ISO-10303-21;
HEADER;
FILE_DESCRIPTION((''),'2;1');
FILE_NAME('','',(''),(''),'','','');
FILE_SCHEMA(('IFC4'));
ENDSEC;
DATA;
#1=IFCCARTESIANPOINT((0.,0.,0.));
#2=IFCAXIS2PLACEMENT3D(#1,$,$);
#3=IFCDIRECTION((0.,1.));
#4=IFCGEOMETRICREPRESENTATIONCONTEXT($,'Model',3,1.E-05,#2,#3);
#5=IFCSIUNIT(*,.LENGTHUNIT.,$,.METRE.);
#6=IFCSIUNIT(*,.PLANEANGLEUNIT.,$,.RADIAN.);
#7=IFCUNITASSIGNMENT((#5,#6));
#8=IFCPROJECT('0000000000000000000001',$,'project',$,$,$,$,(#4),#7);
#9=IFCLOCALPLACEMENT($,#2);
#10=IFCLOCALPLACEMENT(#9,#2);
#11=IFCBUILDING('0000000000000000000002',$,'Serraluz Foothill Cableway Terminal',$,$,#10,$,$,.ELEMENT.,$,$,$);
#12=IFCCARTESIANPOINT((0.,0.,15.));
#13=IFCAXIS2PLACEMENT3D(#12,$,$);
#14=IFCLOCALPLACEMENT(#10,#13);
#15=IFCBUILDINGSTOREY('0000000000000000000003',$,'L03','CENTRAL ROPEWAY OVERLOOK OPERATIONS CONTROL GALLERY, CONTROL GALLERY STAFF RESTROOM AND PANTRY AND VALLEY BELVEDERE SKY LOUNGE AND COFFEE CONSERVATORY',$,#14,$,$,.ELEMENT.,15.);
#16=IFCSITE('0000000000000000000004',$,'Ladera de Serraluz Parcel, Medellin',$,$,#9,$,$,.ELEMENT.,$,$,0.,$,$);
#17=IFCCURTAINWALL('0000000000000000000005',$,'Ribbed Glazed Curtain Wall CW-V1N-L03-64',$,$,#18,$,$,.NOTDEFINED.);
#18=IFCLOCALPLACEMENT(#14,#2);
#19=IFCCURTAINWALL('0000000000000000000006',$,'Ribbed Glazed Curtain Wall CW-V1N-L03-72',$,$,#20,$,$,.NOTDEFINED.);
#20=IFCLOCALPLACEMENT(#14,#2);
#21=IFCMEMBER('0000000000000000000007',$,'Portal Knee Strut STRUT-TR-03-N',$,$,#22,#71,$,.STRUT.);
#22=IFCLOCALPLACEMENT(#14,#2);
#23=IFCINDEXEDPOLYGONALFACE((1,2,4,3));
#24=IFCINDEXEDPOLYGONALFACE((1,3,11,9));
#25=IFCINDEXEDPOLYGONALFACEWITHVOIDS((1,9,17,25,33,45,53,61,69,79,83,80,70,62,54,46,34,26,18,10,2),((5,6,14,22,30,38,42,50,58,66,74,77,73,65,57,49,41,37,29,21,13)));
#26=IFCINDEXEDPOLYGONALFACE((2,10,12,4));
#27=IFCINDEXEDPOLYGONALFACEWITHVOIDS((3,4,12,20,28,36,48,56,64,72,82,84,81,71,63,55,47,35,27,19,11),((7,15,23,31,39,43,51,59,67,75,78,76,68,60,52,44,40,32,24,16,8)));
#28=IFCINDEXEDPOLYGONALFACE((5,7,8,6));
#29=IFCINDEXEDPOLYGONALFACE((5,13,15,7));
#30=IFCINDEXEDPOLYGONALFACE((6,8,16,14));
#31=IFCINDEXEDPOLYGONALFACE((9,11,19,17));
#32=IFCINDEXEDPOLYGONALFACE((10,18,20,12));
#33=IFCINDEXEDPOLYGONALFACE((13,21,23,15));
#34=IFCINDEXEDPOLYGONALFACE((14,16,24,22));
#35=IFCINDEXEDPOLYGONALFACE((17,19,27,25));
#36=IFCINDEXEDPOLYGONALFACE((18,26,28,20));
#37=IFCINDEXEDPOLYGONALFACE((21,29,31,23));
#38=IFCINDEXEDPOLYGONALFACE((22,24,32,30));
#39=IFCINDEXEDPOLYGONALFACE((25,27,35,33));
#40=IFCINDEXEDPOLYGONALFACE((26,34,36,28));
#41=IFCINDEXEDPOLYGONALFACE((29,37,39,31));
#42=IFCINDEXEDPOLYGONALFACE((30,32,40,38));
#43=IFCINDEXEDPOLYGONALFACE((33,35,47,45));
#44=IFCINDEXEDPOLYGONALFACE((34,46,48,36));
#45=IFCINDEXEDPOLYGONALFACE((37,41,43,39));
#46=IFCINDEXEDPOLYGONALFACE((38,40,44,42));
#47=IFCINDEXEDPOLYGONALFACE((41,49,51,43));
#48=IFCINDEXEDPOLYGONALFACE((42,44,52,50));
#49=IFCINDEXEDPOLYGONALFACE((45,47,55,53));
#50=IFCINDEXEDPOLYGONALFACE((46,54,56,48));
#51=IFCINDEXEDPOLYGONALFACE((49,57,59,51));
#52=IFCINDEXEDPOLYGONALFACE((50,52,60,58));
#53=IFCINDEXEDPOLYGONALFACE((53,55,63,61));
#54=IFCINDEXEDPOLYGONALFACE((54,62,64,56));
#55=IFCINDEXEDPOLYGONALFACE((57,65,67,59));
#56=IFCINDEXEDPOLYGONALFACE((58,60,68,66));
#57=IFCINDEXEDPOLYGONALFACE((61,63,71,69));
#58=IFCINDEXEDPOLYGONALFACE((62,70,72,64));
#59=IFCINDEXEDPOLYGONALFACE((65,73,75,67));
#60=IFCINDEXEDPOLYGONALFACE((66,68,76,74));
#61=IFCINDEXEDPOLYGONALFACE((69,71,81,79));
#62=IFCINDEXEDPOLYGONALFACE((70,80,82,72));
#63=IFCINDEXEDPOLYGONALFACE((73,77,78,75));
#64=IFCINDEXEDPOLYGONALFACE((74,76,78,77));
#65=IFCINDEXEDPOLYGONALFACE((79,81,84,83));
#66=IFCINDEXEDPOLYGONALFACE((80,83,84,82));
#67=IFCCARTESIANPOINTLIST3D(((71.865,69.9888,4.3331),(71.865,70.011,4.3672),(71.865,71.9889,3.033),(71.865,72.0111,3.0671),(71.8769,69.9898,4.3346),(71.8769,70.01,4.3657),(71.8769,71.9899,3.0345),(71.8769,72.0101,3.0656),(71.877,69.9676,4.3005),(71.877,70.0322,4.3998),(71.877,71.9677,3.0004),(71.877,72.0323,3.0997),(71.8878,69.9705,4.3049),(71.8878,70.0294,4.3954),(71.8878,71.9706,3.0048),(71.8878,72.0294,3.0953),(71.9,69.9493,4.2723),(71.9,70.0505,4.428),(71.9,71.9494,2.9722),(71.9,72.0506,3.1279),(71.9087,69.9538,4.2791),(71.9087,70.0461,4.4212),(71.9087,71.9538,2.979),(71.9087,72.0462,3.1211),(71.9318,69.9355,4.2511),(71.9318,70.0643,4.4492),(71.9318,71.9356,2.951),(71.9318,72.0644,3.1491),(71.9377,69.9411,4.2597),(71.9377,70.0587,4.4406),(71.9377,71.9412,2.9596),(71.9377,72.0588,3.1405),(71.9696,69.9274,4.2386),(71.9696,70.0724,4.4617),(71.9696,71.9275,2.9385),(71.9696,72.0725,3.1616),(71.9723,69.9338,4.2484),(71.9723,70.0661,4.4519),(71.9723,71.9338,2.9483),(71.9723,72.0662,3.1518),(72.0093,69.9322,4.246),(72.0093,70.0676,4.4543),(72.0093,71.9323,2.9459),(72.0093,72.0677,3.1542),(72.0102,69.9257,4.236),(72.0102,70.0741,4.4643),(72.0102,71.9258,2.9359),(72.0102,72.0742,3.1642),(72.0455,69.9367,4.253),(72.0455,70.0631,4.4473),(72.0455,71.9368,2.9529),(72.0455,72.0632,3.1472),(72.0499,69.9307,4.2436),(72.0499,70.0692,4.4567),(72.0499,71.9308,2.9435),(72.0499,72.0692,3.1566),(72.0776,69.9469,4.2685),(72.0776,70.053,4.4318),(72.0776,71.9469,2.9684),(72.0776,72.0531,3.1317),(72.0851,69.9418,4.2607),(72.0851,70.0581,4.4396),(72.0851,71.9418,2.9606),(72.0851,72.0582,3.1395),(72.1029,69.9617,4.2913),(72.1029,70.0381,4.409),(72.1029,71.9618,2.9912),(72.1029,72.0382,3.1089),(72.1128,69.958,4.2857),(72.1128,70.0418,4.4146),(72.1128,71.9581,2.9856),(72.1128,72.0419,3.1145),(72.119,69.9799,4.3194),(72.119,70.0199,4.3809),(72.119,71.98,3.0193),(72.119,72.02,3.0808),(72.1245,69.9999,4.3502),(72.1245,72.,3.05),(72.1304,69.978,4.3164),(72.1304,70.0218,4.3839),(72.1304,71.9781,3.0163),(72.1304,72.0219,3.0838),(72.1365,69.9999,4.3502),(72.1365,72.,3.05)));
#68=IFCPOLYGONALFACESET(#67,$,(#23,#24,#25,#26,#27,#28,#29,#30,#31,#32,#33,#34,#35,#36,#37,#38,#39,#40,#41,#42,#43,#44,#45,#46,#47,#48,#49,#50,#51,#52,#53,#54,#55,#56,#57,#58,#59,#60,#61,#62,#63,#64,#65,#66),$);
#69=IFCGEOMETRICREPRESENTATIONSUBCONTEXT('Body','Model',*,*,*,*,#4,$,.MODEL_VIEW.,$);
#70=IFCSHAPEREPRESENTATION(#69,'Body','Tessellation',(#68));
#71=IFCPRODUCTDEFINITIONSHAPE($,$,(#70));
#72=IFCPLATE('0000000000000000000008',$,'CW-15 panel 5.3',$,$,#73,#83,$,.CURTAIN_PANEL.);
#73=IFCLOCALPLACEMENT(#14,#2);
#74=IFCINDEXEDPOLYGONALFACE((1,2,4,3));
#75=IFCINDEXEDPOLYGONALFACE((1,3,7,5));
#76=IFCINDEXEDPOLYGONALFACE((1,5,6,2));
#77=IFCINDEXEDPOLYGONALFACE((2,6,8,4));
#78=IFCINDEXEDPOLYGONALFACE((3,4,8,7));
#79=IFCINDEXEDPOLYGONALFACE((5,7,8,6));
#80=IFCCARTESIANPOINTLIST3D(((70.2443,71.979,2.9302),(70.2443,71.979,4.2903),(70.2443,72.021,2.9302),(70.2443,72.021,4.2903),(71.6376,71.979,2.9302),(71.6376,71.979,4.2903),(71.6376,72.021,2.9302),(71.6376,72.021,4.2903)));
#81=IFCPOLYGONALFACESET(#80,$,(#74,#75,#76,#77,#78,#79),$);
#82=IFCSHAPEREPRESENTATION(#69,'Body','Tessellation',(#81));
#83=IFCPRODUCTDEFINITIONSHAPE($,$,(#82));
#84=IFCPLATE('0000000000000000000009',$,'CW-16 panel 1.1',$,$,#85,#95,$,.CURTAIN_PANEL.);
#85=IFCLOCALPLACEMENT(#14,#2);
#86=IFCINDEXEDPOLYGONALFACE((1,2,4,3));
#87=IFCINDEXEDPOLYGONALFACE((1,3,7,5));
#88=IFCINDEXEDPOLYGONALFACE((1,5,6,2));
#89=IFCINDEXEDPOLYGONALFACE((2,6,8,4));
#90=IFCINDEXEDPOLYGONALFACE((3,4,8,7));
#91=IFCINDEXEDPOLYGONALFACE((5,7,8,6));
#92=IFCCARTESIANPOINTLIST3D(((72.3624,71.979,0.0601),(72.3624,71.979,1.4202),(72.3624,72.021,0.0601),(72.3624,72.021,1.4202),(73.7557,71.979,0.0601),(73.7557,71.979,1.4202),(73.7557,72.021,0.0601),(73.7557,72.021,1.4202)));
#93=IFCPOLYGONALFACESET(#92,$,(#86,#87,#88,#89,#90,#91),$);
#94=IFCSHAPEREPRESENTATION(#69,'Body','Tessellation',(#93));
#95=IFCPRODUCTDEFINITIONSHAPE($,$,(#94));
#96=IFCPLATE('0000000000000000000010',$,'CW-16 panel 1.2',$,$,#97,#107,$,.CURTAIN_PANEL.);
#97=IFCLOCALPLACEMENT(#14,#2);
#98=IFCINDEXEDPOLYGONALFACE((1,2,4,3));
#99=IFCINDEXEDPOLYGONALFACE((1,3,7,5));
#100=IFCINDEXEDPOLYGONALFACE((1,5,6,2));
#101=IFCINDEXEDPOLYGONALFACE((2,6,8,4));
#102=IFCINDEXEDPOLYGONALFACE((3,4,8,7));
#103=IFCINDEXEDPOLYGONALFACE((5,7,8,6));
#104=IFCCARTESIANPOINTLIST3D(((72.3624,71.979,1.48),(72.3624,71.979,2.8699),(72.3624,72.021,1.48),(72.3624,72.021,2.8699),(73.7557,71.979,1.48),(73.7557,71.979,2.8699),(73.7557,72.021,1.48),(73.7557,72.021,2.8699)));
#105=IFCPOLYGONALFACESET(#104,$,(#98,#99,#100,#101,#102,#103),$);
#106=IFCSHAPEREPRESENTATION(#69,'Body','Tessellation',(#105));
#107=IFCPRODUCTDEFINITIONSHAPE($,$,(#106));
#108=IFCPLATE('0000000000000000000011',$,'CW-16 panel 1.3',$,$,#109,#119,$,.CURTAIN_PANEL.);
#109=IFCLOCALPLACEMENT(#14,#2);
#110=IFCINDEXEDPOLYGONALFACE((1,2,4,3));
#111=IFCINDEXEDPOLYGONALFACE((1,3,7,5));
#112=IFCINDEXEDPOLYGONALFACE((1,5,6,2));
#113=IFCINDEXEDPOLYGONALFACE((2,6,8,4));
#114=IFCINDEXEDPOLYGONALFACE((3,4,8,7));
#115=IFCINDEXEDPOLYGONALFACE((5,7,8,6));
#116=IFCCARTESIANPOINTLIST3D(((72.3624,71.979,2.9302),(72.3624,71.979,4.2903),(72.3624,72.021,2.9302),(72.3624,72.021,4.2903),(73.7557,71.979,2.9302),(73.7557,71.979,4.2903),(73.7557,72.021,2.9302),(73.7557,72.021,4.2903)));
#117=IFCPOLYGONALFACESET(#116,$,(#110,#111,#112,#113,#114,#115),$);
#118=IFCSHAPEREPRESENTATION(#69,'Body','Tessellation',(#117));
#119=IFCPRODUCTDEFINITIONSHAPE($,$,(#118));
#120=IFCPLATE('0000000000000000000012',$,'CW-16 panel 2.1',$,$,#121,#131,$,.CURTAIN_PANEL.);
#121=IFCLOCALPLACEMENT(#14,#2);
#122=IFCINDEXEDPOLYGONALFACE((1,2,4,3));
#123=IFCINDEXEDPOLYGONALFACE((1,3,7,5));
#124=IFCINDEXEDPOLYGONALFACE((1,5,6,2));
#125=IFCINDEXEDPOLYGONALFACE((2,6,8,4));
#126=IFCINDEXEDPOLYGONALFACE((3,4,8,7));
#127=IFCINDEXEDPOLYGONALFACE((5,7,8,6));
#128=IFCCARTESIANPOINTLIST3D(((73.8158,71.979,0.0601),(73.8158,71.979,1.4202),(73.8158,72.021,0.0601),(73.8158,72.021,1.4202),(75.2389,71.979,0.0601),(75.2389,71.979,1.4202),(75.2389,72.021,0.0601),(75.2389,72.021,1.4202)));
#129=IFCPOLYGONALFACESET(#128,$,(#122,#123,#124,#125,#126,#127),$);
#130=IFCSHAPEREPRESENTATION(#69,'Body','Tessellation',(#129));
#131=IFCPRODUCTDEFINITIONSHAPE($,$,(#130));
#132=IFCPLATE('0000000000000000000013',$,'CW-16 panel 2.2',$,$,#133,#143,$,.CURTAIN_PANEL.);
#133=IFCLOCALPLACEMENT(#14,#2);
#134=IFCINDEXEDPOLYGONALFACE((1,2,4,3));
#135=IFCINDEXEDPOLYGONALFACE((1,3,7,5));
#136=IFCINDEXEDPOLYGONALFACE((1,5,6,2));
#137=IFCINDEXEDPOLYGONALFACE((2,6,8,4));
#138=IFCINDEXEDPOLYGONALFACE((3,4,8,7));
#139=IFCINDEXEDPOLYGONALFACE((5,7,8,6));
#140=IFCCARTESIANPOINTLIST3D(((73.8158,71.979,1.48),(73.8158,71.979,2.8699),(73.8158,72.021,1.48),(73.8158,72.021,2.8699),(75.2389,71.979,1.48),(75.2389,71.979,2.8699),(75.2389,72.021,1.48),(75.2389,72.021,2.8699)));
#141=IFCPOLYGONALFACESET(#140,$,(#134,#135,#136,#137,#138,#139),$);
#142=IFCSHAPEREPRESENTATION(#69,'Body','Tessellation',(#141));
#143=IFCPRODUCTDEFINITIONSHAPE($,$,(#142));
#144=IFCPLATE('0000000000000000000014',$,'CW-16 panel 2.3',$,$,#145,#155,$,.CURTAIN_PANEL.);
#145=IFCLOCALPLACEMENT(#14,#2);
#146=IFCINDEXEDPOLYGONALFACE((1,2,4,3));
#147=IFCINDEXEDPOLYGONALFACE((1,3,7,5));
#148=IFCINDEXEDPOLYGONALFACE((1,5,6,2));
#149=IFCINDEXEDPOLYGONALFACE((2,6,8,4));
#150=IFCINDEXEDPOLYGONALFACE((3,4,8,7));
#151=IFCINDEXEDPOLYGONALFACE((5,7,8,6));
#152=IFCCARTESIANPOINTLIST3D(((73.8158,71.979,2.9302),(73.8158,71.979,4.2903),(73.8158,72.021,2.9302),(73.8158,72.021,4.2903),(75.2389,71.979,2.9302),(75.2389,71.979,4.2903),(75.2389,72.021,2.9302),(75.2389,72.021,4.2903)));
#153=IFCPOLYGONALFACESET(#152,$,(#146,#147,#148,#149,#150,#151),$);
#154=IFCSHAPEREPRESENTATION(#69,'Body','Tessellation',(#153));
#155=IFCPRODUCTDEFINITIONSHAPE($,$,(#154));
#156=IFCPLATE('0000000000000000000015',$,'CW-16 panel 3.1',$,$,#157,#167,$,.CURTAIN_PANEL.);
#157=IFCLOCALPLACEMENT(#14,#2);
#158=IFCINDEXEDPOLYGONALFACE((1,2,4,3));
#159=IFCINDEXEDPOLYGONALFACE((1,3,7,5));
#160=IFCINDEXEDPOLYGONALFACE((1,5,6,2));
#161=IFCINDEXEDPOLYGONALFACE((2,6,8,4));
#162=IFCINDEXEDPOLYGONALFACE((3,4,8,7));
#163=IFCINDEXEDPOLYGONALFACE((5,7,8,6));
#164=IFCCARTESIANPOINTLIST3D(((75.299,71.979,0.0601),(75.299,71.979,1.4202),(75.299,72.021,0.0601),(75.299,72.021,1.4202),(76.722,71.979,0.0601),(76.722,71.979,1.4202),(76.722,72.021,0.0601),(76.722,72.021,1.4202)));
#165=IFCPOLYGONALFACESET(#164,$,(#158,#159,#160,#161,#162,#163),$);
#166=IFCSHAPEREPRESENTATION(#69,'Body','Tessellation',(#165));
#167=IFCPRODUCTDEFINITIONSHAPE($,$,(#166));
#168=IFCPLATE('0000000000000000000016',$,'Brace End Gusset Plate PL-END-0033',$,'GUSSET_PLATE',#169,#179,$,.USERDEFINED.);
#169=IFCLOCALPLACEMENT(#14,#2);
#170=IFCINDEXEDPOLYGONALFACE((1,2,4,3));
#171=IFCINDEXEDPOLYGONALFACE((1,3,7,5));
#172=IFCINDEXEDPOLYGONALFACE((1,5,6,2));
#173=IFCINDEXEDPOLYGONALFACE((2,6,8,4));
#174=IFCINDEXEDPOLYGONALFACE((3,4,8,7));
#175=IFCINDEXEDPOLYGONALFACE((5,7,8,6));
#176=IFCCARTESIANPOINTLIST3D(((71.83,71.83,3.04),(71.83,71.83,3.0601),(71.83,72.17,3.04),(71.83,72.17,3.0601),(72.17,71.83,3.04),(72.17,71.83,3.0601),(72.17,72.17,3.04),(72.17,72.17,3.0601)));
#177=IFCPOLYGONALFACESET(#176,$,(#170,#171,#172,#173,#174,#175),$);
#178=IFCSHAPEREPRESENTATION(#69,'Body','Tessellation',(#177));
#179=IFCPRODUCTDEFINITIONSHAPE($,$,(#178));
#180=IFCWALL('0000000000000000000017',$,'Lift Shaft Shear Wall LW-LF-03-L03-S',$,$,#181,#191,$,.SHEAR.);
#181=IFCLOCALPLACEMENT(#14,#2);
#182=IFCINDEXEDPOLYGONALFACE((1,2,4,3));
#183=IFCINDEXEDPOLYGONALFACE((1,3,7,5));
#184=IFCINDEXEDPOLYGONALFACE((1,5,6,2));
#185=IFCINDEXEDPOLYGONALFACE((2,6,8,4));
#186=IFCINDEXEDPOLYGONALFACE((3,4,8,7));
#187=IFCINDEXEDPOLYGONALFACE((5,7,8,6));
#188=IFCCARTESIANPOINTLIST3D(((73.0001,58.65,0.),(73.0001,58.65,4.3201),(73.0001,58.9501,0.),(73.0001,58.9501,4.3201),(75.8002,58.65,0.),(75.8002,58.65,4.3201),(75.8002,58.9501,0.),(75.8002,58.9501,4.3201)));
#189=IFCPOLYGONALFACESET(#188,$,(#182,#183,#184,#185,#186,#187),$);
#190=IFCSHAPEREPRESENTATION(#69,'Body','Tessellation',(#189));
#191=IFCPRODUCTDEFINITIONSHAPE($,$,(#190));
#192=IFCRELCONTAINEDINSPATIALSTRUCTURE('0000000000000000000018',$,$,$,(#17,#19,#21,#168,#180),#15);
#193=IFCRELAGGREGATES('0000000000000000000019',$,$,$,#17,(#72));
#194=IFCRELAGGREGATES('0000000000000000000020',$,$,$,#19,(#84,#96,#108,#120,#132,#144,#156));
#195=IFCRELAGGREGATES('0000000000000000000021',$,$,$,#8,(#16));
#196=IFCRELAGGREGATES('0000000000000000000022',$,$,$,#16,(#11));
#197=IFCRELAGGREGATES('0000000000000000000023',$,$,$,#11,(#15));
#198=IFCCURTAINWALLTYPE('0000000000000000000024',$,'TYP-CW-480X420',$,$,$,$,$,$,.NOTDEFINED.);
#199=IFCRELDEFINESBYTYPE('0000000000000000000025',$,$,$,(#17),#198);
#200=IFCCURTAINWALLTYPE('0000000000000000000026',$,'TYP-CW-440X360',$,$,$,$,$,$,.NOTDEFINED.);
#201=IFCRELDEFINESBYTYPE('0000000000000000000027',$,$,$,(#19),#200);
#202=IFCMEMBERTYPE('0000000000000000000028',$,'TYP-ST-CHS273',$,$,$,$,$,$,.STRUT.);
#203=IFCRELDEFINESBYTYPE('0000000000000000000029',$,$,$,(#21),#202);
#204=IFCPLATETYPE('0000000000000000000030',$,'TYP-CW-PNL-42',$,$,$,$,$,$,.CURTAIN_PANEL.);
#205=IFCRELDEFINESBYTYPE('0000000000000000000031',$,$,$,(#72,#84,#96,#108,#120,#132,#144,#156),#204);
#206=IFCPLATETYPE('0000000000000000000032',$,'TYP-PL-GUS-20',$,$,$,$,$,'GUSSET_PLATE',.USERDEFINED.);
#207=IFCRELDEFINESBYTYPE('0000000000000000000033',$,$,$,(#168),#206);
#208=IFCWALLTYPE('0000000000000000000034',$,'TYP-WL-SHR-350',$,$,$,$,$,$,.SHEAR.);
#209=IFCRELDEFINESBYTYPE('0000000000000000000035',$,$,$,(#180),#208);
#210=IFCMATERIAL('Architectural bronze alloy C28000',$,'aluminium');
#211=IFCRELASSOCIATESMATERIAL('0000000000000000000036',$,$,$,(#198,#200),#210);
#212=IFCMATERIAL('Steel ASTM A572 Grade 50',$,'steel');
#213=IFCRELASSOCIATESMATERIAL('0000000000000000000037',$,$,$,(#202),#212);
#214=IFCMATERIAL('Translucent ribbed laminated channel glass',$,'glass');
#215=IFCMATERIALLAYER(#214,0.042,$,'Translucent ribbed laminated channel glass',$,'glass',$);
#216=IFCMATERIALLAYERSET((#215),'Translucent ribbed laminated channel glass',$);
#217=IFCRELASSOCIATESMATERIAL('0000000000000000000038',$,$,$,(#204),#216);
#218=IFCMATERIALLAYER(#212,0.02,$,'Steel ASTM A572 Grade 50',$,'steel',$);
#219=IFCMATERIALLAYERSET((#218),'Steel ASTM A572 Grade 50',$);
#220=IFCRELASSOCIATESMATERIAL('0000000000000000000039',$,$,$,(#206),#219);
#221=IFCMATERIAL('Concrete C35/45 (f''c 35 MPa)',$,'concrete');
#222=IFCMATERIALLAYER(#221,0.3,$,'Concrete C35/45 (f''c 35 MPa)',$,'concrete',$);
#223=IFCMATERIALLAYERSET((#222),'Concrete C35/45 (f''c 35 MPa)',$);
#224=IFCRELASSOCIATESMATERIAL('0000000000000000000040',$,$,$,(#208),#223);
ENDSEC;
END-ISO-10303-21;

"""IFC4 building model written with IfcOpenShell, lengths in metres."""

from ifc_helpers import new_model, si_unit, direction, frame, frame_2d, origin, origin_2d, place, context, subcontext, project, spatial, rectangle, hollow_circle, extrude, material, layer, layer_set, material_profile, profile_set, type_object, element, aggregate, save


model = new_model("IFC4")

# Units and contexts
model_context = context("Model", 3, precision=1e-05, world=origin(), true_north=direction((0.0, 1.0)))
body_context = subcontext(model_context, "Body", "Model", "MODEL_VIEW")
ifc_project = project(units=[si_unit("LENGTHUNIT", "METRE"), si_unit("PLANEANGLEUNIT", "RADIAN")], contexts=[model_context])

# Site, building, storey
site_placement = place(None, origin())
site = spatial("IfcSite", under=ifc_project, at=site_placement, Name="Ladera de Serraluz Parcel, Medellin", CompositionType="ELEMENT", RefElevation=0.0)
building_placement = place(site_placement, origin())
building = spatial("IfcBuilding", under=site, at=building_placement, Name="Serraluz Foothill Cableway Terminal", CompositionType="ELEMENT")
storey_placement = place(building_placement, frame((0.0, 0.0, 15.0)))
storey = spatial("IfcBuildingStorey", under=building, at=storey_placement, Name="L03", Description="CENTRAL ROPEWAY OVERLOOK OPERATIONS CONTROL GALLERY, CONTROL GALLERY STAFF RESTROOM AND PANTRY AND VALLEY BELVEDERE SKY LOUNGE AND COFFEE CONSERVATORY", CompositionType="ELEMENT", Elevation=15.0)

# Curtain wall
ifc_material_1 = material(Name="Architectural bronze alloy C28000", Category="aluminium")
curtain_wall_type_1 = type_object("IfcCurtainWallType", Name="TYP-CW-480X420", PredefinedType="NOTDEFINED", material=ifc_material_1)
curtain_wall_1_placement = place(storey_placement, origin())
curtain_wall_1 = element("IfcCurtainWall", 1, at=curtain_wall_1_placement, inside=storey, type_object=curtain_wall_type_1, Name="Ribbed Glazed Curtain Wall CW-V1N-L03-64", PredefinedType="NOTDEFINED")

# Curtain wall
curtain_wall_type_2 = type_object("IfcCurtainWallType", Name="TYP-CW-440X360", PredefinedType="NOTDEFINED", material=ifc_material_1)
curtain_wall_2_placement = place(storey_placement, origin())
curtain_wall_2 = element("IfcCurtainWall", 2, at=curtain_wall_2_placement, inside=storey, type_object=curtain_wall_type_2, Name="Ribbed Glazed Curtain Wall CW-V1N-L03-72", PredefinedType="NOTDEFINED")

# Member
ifc_material_2 = material(Name="Steel ASTM A572 Grade 50", Category="steel")
ifc_material_profile_1 = material_profile(ifc_material_2, hollow_circle(Radius=0.1365, WallThickness=0.012, at=origin_2d()), Name="CHS273X12")
ifc_profile_set_1 = profile_set([ifc_material_profile_1], Name="Steel ASTM A572 Grade 50")
member_type_1 = type_object("IfcMemberType", Name="TYP-ST-CHS273", PredefinedType="STRUT", material=ifc_profile_set_1)
member_1_placement = place(storey_placement, frame((72.0, 72.0, 3.05), z_axis=(0.0, -0.838434, 0.545003), x_axis=(1.0, 0.0, 0.0)))
element("IfcMember", 3, at=member_1_placement, inside=storey, type_object=member_type_1, Name="Portal Knee Strut STRUT-TR-03-N", PredefinedType="STRUT", context=body_context, shape_type="SweptSolid", body=[
    extrude(hollow_circle(Radius=0.1365, WallThickness=0.012, at=origin_2d()), origin(), (0.0, 0.0, 1.0), 2.3855),
])

# Plates
ifc_material_3 = material(Name="Translucent ribbed laminated channel glass", Category="glass")
ifc_layer_1 = layer(ifc_material_3, 0.042, Name="Translucent ribbed laminated channel glass", Category="glass")
ifc_layer_set_1 = layer_set([ifc_layer_1], Name="Translucent ribbed laminated channel glass")
plate_type_1 = type_object("IfcPlateType", Name="TYP-CW-PNL-42", PredefinedType="CURTAIN_PANEL", material=ifc_layer_set_1)
plate_1_placement = place(storey_placement, frame((70.9409, 72.0, 2.9302), z_axis=(0.0, 0.0, 1.0), x_axis=(1.0, 0.0, 0.0)))
plate_1 = element("IfcPlate", 4, at=plate_1_placement, type_object=plate_type_1, Name="CW-15 panel 5.3", PredefinedType="CURTAIN_PANEL", context=body_context, shape_type="SweptSolid", body=[
    extrude(rectangle(XDim=1.3933, YDim=0.042, at=origin_2d()), origin(), (0.0, 0.0, 1.0), 1.3601),
])
aggregate(curtain_wall_1, [plate_1])
plate_2_placement = place(storey_placement, frame((73.0591, 72.0, 0.0601), z_axis=(0.0, 0.0, 1.0), x_axis=(1.0, 0.0, 0.0)))
plate_2 = element("IfcPlate", 5, at=plate_2_placement, type_object=plate_type_1, Name="CW-16 panel 1.1", PredefinedType="CURTAIN_PANEL", context=body_context, shape_type="SweptSolid", body=[
    extrude(rectangle(XDim=1.3933, YDim=0.042, at=origin_2d()), origin(), (0.0, 0.0, 1.0), 1.3601),
])
plate_3_placement = place(storey_placement, frame((73.0591, 72.0, 1.48), z_axis=(0.0, 0.0, 1.0), x_axis=(1.0, 0.0, 0.0)))
plate_3 = element("IfcPlate", 6, at=plate_3_placement, type_object=plate_type_1, Name="CW-16 panel 1.2", PredefinedType="CURTAIN_PANEL", context=body_context, shape_type="SweptSolid", body=[
    extrude(rectangle(XDim=1.3933, YDim=0.042, at=origin_2d()), origin(), (0.0, 0.0, 1.0), 1.3899),
])
plate_4_placement = place(storey_placement, frame((73.0591, 72.0, 2.9302), z_axis=(0.0, 0.0, 1.0), x_axis=(1.0, 0.0, 0.0)))
plate_4 = element("IfcPlate", 7, at=plate_4_placement, type_object=plate_type_1, Name="CW-16 panel 1.3", PredefinedType="CURTAIN_PANEL", context=body_context, shape_type="SweptSolid", body=[
    extrude(rectangle(XDim=1.3933, YDim=0.042, at=origin_2d()), origin(), (0.0, 0.0, 1.0), 1.3601),
])
plate_5_placement = place(storey_placement, frame((74.5273, 72.0, 0.0601), z_axis=(0.0, 0.0, 1.0), x_axis=(1.0, 0.0, 0.0)))
plate_5 = element("IfcPlate", 8, at=plate_5_placement, type_object=plate_type_1, Name="CW-16 panel 2.1", PredefinedType="CURTAIN_PANEL", context=body_context, shape_type="SweptSolid", body=[
    extrude(rectangle(XDim=1.4231, YDim=0.042, at=origin_2d()), origin(), (0.0, 0.0, 1.0), 1.3601),
])
plate_6_placement = place(storey_placement, frame((74.5273, 72.0, 1.48), z_axis=(0.0, 0.0, 1.0), x_axis=(1.0, 0.0, 0.0)))
plate_6 = element("IfcPlate", 9, at=plate_6_placement, type_object=plate_type_1, Name="CW-16 panel 2.2", PredefinedType="CURTAIN_PANEL", context=body_context, shape_type="SweptSolid", body=[
    extrude(rectangle(XDim=1.4231, YDim=0.042, at=origin_2d()), origin(), (0.0, 0.0, 1.0), 1.3899),
])
plate_7_placement = place(storey_placement, frame((74.5273, 72.0, 2.9302), z_axis=(0.0, 0.0, 1.0), x_axis=(1.0, 0.0, 0.0)))
plate_7 = element("IfcPlate", 10, at=plate_7_placement, type_object=plate_type_1, Name="CW-16 panel 2.3", PredefinedType="CURTAIN_PANEL", context=body_context, shape_type="SweptSolid", body=[
    extrude(rectangle(XDim=1.4231, YDim=0.042, at=origin_2d()), origin(), (0.0, 0.0, 1.0), 1.3601),
])
plate_8_placement = place(storey_placement, frame((76.0105, 72.0, 0.0601), z_axis=(0.0, 0.0, 1.0), x_axis=(1.0, 0.0, 0.0)))
plate_8 = element("IfcPlate", 11, at=plate_8_placement, type_object=plate_type_1, Name="CW-16 panel 3.1", PredefinedType="CURTAIN_PANEL", context=body_context, shape_type="SweptSolid", body=[
    extrude(rectangle(XDim=1.4231, YDim=0.042, at=origin_2d()), origin(), (0.0, 0.0, 1.0), 1.3601),
])
aggregate(curtain_wall_2, [plate_2, plate_3, plate_4, plate_5, plate_6, plate_7, plate_8])
ifc_layer_2 = layer(ifc_material_2, 0.02, Name="Steel ASTM A572 Grade 50", Category="steel")
ifc_layer_set_2 = layer_set([ifc_layer_2], Name="Steel ASTM A572 Grade 50")
plate_type_2 = type_object("IfcPlateType", Name="TYP-PL-GUS-20", ElementType="GUSSET_PLATE", PredefinedType="USERDEFINED", material=ifc_layer_set_2)
plate_9_placement = place(storey_placement, frame((72.0, 72.0, 3.04), z_axis=(0.0, 0.0, 1.0), x_axis=(1.0, 0.0, 0.0)))
element("IfcPlate", 12, at=plate_9_placement, inside=storey, type_object=plate_type_2, Name="Brace End Gusset Plate PL-END-0033", ObjectType="GUSSET_PLATE", PredefinedType="USERDEFINED", context=body_context, shape_type="SweptSolid", body=[
    extrude(rectangle(XDim=0.3401, YDim=0.3401, at=origin_2d()), origin(), (0.0, 0.0, 1.0), 0.02),
])

# Wall
ifc_material_4 = material(Name="Concrete C35/45 (f'c 35 MPa)", Category="concrete")
ifc_layer_3 = layer(ifc_material_4, 0.3, Name="Concrete C35/45 (f'c 35 MPa)", Category="concrete")
ifc_layer_set_3 = layer_set([ifc_layer_3], Name="Concrete C35/45 (f'c 35 MPa)")
wall_type = type_object("IfcWallType", Name="TYP-WL-SHR-350", PredefinedType="SHEAR", material=ifc_layer_set_3)
for number, where, z_axis, x_axis, name in (
    (13, (75.8, 58.8, 0.0), (0.0, 0.0, 1.0), (-1.0, 0.0, 0.0), "Lift Shaft Shear Wall LW-LF-03-L03-S"),
):
    element("IfcWall", number, at=place(storey_placement, frame(where, z_axis=z_axis, x_axis=x_axis)), inside=storey, type_object=wall_type, Name=name, PredefinedType="SHEAR", context=body_context, shape_type="SweptSolid", body=[
        extrude(rectangle(XDim=2.8, YDim=0.3, at=frame_2d((1.3999, 0.0))), origin(), (0.0, 0.0, 1.0), 4.3201),
    ])

save(model, "model.ifc")
